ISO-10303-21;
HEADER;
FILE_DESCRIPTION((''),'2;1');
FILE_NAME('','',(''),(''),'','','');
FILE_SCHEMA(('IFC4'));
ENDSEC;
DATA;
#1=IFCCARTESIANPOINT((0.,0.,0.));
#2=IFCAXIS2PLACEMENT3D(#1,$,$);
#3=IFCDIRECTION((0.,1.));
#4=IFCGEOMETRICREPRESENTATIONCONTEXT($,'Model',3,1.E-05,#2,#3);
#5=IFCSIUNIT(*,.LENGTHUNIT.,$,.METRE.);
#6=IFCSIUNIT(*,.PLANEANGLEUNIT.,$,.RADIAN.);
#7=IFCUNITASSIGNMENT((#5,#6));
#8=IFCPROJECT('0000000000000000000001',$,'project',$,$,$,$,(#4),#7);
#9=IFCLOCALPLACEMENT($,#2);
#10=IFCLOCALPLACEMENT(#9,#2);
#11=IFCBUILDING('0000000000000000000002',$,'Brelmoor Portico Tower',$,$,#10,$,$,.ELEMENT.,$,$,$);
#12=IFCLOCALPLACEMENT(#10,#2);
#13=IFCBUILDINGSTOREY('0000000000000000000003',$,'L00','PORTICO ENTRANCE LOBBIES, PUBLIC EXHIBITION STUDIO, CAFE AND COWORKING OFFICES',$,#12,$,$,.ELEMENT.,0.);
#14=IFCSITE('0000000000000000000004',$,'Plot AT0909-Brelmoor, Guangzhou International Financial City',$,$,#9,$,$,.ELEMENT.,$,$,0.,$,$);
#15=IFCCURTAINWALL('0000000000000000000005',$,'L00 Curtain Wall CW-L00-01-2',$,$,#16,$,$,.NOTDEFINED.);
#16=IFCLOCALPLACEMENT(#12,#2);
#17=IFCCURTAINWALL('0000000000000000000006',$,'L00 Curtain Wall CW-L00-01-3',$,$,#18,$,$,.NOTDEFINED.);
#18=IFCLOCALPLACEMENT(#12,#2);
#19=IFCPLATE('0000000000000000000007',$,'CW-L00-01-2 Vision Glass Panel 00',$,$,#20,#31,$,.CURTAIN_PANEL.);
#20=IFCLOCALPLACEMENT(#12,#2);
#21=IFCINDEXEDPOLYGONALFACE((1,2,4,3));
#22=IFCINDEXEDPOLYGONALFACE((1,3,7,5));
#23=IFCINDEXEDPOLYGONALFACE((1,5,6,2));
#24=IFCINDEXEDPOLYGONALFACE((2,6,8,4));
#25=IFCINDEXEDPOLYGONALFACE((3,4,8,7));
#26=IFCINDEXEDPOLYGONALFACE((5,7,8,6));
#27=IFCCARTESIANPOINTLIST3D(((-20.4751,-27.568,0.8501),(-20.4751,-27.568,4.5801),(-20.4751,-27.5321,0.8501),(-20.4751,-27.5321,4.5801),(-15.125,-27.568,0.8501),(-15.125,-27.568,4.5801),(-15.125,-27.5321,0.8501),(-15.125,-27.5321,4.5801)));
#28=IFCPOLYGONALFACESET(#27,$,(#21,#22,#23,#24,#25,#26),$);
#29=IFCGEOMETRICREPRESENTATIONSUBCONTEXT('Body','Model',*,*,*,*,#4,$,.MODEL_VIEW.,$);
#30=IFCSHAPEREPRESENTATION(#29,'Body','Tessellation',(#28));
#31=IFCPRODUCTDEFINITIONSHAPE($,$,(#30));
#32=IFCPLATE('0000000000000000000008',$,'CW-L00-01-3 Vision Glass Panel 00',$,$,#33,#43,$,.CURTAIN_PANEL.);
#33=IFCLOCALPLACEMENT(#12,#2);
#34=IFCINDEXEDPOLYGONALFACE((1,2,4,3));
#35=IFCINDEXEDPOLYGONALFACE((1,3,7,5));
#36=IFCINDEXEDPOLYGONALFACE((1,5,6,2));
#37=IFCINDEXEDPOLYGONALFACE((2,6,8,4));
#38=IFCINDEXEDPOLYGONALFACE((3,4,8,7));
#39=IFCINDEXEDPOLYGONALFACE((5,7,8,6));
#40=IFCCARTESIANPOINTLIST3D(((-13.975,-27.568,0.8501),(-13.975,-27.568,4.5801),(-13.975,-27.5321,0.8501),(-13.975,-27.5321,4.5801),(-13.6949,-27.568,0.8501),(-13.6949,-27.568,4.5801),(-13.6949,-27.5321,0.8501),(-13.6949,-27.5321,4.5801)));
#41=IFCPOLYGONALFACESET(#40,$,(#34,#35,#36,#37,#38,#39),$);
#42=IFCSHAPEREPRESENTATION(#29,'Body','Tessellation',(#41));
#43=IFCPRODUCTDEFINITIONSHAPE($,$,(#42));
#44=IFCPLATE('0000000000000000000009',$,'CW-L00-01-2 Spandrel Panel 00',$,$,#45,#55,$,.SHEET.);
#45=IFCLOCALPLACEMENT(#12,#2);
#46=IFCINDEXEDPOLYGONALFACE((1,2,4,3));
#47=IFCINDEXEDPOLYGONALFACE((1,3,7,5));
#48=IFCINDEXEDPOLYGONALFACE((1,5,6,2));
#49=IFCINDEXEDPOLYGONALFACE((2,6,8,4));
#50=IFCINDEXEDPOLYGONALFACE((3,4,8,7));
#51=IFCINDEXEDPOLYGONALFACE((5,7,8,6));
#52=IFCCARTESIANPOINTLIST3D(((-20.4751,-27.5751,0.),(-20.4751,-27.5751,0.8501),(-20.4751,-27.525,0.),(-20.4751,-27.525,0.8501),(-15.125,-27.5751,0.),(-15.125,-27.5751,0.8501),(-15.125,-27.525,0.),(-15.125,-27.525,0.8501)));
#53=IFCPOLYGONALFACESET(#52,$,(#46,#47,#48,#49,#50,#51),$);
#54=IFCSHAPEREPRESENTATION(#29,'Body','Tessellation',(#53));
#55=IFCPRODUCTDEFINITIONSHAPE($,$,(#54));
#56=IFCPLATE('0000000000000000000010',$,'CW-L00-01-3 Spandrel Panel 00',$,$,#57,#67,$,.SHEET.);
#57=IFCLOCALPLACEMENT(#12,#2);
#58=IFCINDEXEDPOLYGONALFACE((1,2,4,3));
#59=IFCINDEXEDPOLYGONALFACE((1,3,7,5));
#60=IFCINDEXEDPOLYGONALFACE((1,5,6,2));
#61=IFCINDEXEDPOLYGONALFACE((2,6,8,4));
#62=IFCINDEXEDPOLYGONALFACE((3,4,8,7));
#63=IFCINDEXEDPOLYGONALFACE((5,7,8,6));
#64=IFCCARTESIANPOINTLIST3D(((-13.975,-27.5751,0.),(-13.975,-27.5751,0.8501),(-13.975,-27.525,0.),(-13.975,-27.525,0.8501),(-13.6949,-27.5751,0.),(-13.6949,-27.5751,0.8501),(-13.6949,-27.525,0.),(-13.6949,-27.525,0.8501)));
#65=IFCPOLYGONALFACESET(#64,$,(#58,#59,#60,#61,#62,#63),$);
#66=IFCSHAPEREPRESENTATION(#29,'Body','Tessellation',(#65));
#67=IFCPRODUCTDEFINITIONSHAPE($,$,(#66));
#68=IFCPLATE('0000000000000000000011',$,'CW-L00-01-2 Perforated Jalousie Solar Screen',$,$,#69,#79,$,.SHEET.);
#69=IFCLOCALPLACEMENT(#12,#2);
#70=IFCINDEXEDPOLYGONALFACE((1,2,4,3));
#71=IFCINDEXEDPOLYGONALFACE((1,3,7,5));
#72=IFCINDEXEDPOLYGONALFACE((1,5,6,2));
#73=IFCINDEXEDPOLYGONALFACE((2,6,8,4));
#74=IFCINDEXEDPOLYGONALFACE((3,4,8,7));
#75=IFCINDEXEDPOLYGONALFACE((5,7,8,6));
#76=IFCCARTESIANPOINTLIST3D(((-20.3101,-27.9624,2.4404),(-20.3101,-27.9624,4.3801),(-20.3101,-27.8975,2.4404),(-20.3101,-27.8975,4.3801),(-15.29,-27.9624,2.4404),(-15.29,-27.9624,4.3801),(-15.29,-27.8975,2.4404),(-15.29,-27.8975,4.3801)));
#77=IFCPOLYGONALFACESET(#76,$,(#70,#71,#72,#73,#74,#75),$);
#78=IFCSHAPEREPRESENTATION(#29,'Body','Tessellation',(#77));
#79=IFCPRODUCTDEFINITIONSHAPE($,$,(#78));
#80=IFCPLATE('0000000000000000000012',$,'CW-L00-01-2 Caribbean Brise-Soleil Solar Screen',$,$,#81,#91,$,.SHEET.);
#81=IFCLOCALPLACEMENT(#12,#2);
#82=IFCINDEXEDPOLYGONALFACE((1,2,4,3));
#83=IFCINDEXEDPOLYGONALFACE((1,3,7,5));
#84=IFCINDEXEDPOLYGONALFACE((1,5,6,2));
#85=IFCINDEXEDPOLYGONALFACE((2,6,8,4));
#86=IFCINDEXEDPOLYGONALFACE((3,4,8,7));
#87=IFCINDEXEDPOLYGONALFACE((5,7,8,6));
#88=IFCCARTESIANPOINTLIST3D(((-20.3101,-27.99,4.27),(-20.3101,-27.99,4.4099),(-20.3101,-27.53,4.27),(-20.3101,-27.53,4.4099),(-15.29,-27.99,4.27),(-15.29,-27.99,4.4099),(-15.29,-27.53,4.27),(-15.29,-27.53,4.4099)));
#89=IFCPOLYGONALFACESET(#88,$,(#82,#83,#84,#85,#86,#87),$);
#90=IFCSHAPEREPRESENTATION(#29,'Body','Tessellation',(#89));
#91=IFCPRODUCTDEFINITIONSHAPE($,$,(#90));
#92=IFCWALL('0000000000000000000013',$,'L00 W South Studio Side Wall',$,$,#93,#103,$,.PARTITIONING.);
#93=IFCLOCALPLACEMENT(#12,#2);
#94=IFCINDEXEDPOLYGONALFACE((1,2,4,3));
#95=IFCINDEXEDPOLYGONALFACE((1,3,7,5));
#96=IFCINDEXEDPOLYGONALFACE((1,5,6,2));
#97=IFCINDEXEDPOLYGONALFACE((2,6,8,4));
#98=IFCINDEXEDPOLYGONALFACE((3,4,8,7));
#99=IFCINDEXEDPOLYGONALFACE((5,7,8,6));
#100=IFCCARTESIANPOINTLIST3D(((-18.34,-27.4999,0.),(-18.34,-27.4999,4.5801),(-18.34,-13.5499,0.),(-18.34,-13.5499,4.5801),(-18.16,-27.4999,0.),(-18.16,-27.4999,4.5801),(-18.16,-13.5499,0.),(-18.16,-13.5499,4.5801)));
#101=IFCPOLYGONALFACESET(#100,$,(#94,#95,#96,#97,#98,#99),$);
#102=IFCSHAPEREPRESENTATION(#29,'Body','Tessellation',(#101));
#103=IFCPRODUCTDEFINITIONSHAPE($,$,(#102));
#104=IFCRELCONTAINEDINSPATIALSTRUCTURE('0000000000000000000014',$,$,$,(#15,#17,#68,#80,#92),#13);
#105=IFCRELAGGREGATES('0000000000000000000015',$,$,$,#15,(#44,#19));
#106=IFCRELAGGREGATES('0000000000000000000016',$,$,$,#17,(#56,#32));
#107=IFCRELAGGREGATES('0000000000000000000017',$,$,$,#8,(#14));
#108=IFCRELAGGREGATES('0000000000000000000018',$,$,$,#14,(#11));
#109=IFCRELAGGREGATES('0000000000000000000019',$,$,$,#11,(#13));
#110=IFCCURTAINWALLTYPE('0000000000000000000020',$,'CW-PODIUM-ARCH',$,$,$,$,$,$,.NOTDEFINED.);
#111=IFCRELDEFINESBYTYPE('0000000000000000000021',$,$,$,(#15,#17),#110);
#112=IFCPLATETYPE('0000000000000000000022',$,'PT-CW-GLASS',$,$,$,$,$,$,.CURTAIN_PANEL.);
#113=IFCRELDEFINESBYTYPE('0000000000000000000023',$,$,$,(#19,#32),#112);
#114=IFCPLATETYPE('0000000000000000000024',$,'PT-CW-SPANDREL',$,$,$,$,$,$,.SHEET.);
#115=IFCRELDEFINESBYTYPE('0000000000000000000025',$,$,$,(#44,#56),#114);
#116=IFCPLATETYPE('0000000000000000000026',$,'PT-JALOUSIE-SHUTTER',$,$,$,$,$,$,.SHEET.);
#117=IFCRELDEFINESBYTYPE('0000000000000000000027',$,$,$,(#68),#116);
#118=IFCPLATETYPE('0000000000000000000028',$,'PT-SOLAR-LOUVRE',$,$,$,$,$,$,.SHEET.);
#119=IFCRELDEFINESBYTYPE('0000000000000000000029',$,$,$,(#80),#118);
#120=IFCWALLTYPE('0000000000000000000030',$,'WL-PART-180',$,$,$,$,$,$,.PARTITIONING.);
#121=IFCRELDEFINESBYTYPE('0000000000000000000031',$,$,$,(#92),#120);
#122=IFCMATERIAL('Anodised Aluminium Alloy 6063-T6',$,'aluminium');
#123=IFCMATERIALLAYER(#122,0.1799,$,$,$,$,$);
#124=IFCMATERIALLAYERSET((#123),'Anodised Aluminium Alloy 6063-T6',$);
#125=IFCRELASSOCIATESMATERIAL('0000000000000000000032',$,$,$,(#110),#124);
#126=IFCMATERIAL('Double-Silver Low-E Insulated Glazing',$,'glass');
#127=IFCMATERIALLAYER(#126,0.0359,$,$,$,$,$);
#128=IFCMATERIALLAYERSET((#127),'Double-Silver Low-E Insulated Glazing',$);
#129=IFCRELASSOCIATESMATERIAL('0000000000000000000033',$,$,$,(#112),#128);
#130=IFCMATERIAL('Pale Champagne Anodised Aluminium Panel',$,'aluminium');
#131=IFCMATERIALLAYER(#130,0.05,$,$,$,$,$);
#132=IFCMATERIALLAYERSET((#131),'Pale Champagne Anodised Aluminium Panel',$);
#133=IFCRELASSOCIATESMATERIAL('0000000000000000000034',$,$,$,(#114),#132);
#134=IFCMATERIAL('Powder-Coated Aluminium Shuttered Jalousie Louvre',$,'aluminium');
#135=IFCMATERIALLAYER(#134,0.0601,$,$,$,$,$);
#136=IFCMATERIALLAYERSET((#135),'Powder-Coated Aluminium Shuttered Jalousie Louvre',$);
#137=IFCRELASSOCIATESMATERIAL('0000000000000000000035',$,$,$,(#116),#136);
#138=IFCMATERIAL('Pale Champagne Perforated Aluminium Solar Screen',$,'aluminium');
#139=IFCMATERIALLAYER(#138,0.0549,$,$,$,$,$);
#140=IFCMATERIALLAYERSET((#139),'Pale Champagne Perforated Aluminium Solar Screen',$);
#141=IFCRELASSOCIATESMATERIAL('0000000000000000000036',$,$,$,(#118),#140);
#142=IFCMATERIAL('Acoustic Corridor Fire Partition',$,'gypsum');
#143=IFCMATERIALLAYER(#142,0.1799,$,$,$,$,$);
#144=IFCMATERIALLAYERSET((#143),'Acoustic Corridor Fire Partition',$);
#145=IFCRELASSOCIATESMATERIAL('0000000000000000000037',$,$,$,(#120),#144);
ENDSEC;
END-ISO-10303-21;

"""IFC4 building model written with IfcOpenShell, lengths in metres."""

from ifc_helpers import new_model, si_unit, direction, frame, frame_2d, origin, origin_2d, place, context, subcontext, project, spatial, rectangle, extrude, material, layer, layer_set, type_object, element, aggregate, save


model = new_model("IFC4")

# Units and contexts
model_context = context("Model", 3, precision=1e-05, world=origin(), true_north=direction((0.0, 1.0)))
body_context = subcontext(model_context, "Body", "Model", "MODEL_VIEW")
ifc_project = project(units=[si_unit("LENGTHUNIT", "METRE"), si_unit("PLANEANGLEUNIT", "RADIAN")], contexts=[model_context])

# Site, building, storey
site_placement = place(None, origin())
site = spatial("IfcSite", under=ifc_project, at=site_placement, Name="Plot AT0909-Brelmoor, Guangzhou International Financial City", CompositionType="ELEMENT", RefElevation=0.0)
building_placement = place(site_placement, origin())
building = spatial("IfcBuilding", under=site, at=building_placement, Name="Brelmoor Portico Tower", CompositionType="ELEMENT")
storey_placement = place(building_placement, origin())
storey = spatial("IfcBuildingStorey", under=building, at=storey_placement, Name="L00", Description="PORTICO ENTRANCE LOBBIES, PUBLIC EXHIBITION STUDIO, CAFE AND COWORKING OFFICES", CompositionType="ELEMENT", Elevation=0.0)

# Curtain wall
ifc_material_1 = material(Name="Anodised Aluminium Alloy 6063-T6", Category="aluminium")
ifc_layer_1 = layer(ifc_material_1, 0.1799)
ifc_layer_set_1 = layer_set([ifc_layer_1], Name="Anodised Aluminium Alloy 6063-T6")
curtain_wall_type = type_object("IfcCurtainWallType", Name="CW-PODIUM-ARCH", PredefinedType="NOTDEFINED", material=ifc_layer_set_1)
curtain_wall_1_placement = place(storey_placement, origin())
curtain_wall_1 = element("IfcCurtainWall", 1, at=curtain_wall_1_placement, inside=storey, type_object=curtain_wall_type, Name="L00 Curtain Wall CW-L00-01-2", PredefinedType="NOTDEFINED")

# Curtain wall
curtain_wall_2_placement = place(storey_placement, origin())
curtain_wall_2 = element("IfcCurtainWall", 2, at=curtain_wall_2_placement, inside=storey, type_object=curtain_wall_type, Name="L00 Curtain Wall CW-L00-01-3", PredefinedType="NOTDEFINED")

# Plates
ifc_material_2 = material(Name="Double-Silver Low-E Insulated Glazing", Category="glass")
ifc_layer_2 = layer(ifc_material_2, 0.0359)
ifc_layer_set_2 = layer_set([ifc_layer_2], Name="Double-Silver Low-E Insulated Glazing")
plate_type_1 = type_object("IfcPlateType", Name="PT-CW-GLASS", PredefinedType="CURTAIN_PANEL", material=ifc_layer_set_2)
plate_1_placement = place(storey_placement, frame((-17.8, -27.55, 0.8501), z_axis=(0.0, 0.0, 1.0), x_axis=(1.0, 0.0, 0.0)))
plate_1 = element("IfcPlate", 3, at=plate_1_placement, type_object=plate_type_1, Name="CW-L00-01-2 Vision Glass Panel 00", PredefinedType="CURTAIN_PANEL", context=body_context, shape_type="SweptSolid", body=[
    extrude(rectangle(XDim=5.3501, YDim=0.0359, at=origin_2d()), origin(), (0.0, 0.0, 1.0), 3.73),
])
plate_2_placement = place(storey_placement, frame((-13.835, -27.55, 0.8501), z_axis=(0.0, 0.0, 1.0), x_axis=(1.0, 0.0, 0.0)))
plate_2 = element("IfcPlate", 4, at=plate_2_placement, type_object=plate_type_1, Name="CW-L00-01-3 Vision Glass Panel 00", PredefinedType="CURTAIN_PANEL", context=body_context, shape_type="SweptSolid", body=[
    extrude(rectangle(XDim=0.28, YDim=0.0359, at=origin_2d()), origin(), (0.0, 0.0, 1.0), 3.73),
])
ifc_material_3 = material(Name="Pale Champagne Anodised Aluminium Panel", Category="aluminium")
ifc_layer_3 = layer(ifc_material_3, 0.05)
ifc_layer_set_3 = layer_set([ifc_layer_3], Name="Pale Champagne Anodised Aluminium Panel")
plate_type_2 = type_object("IfcPlateType", Name="PT-CW-SPANDREL", PredefinedType="SHEET", material=ifc_layer_set_3)
plate_3_placement = place(storey_placement, frame((-17.8, -27.55, 0.0), z_axis=(0.0, 0.0, 1.0), x_axis=(1.0, 0.0, 0.0)))
plate_3 = element("IfcPlate", 5, at=plate_3_placement, type_object=plate_type_2, Name="CW-L00-01-2 Spandrel Panel 00", PredefinedType="SHEET", context=body_context, shape_type="SweptSolid", body=[
    extrude(rectangle(XDim=5.3501, YDim=0.05, at=origin_2d()), origin(), (0.0, 0.0, 1.0), 0.8501),
])
aggregate(curtain_wall_1, [plate_3, plate_1])
plate_4_placement = place(storey_placement, frame((-13.835, -27.55, 0.0), z_axis=(0.0, 0.0, 1.0), x_axis=(1.0, 0.0, 0.0)))
plate_4 = element("IfcPlate", 6, at=plate_4_placement, type_object=plate_type_2, Name="CW-L00-01-3 Spandrel Panel 00", PredefinedType="SHEET", context=body_context, shape_type="SweptSolid", body=[
    extrude(rectangle(XDim=0.28, YDim=0.05, at=origin_2d()), origin(), (0.0, 0.0, 1.0), 0.8501),
])
aggregate(curtain_wall_2, [plate_4, plate_2])

# Plates
ifc_material_4 = material(Name="Powder-Coated Aluminium Shuttered Jalousie Louvre", Category="aluminium")
ifc_layer_4 = layer(ifc_material_4, 0.0601)
ifc_layer_set_4 = layer_set([ifc_layer_4], Name="Powder-Coated Aluminium Shuttered Jalousie Louvre")
plate_type_3 = type_object("IfcPlateType", Name="PT-JALOUSIE-SHUTTER", PredefinedType="SHEET", material=ifc_layer_set_4)
plate_5_placement = place(storey_placement, frame((-17.8, -27.9299, 2.4404), z_axis=(0.0, 0.0, 1.0), x_axis=(1.0, 0.0, 0.0)))
element("IfcPlate", 7, at=plate_5_placement, inside=storey, type_object=plate_type_3, Name="CW-L00-01-2 Perforated Jalousie Solar Screen", PredefinedType="SHEET", context=body_context, shape_type="SweptSolid", body=[
    extrude(rectangle(XDim=5.02, YDim=0.0649, at=origin_2d()), origin(), (0.0, 0.0, 1.0), 1.9397),
])
ifc_material_5 = material(Name="Pale Champagne Perforated Aluminium Solar Screen", Category="aluminium")
ifc_layer_5 = layer(ifc_material_5, 0.0549)
ifc_layer_set_5 = layer_set([ifc_layer_5], Name="Pale Champagne Perforated Aluminium Solar Screen")
plate_type_4 = type_object("IfcPlateType", Name="PT-SOLAR-LOUVRE", PredefinedType="SHEET", material=ifc_layer_set_5)
plate_6_placement = place(storey_placement, frame((-17.8, -27.76, 4.27), z_axis=(0.0, 0.0, 1.0), x_axis=(1.0, 0.0, 0.0)))
element("IfcPlate", 8, at=plate_6_placement, inside=storey, type_object=plate_type_4, Name="CW-L00-01-2 Caribbean Brise-Soleil Solar Screen", PredefinedType="SHEET", context=body_context, shape_type="SweptSolid", body=[
    extrude(rectangle(XDim=5.02, YDim=0.46, at=origin_2d()), origin(), (0.0, 0.0, 1.0), 0.1399),
])

# Wall
ifc_material_6 = material(Name="Acoustic Corridor Fire Partition", Category="gypsum")
ifc_layer_6 = layer(ifc_material_6, 0.1799)
ifc_layer_set_6 = layer_set([ifc_layer_6], Name="Acoustic Corridor Fire Partition")
wall_type_1 = type_object("IfcWallType", Name="WL-PART-180", PredefinedType="PARTITIONING", material=ifc_layer_set_6)
wall_1_placement = place(storey_placement, frame((-18.25, -27.5, 0.0), z_axis=(0.0, 0.0, 1.0), x_axis=(0.0, 1.0, 0.0)))
element("IfcWall", 9, at=wall_1_placement, inside=storey, type_object=wall_type_1, Name="L00 W South Studio Side Wall", PredefinedType="PARTITIONING", context=body_context, shape_type="SweptSolid", body=[
    extrude(rectangle(XDim=13.95, YDim=0.1799, at=frame_2d((6.9751, 0.0))), origin(), (0.0, 0.0, 1.0), 4.5801),
])

save(model, "model.ifc")
